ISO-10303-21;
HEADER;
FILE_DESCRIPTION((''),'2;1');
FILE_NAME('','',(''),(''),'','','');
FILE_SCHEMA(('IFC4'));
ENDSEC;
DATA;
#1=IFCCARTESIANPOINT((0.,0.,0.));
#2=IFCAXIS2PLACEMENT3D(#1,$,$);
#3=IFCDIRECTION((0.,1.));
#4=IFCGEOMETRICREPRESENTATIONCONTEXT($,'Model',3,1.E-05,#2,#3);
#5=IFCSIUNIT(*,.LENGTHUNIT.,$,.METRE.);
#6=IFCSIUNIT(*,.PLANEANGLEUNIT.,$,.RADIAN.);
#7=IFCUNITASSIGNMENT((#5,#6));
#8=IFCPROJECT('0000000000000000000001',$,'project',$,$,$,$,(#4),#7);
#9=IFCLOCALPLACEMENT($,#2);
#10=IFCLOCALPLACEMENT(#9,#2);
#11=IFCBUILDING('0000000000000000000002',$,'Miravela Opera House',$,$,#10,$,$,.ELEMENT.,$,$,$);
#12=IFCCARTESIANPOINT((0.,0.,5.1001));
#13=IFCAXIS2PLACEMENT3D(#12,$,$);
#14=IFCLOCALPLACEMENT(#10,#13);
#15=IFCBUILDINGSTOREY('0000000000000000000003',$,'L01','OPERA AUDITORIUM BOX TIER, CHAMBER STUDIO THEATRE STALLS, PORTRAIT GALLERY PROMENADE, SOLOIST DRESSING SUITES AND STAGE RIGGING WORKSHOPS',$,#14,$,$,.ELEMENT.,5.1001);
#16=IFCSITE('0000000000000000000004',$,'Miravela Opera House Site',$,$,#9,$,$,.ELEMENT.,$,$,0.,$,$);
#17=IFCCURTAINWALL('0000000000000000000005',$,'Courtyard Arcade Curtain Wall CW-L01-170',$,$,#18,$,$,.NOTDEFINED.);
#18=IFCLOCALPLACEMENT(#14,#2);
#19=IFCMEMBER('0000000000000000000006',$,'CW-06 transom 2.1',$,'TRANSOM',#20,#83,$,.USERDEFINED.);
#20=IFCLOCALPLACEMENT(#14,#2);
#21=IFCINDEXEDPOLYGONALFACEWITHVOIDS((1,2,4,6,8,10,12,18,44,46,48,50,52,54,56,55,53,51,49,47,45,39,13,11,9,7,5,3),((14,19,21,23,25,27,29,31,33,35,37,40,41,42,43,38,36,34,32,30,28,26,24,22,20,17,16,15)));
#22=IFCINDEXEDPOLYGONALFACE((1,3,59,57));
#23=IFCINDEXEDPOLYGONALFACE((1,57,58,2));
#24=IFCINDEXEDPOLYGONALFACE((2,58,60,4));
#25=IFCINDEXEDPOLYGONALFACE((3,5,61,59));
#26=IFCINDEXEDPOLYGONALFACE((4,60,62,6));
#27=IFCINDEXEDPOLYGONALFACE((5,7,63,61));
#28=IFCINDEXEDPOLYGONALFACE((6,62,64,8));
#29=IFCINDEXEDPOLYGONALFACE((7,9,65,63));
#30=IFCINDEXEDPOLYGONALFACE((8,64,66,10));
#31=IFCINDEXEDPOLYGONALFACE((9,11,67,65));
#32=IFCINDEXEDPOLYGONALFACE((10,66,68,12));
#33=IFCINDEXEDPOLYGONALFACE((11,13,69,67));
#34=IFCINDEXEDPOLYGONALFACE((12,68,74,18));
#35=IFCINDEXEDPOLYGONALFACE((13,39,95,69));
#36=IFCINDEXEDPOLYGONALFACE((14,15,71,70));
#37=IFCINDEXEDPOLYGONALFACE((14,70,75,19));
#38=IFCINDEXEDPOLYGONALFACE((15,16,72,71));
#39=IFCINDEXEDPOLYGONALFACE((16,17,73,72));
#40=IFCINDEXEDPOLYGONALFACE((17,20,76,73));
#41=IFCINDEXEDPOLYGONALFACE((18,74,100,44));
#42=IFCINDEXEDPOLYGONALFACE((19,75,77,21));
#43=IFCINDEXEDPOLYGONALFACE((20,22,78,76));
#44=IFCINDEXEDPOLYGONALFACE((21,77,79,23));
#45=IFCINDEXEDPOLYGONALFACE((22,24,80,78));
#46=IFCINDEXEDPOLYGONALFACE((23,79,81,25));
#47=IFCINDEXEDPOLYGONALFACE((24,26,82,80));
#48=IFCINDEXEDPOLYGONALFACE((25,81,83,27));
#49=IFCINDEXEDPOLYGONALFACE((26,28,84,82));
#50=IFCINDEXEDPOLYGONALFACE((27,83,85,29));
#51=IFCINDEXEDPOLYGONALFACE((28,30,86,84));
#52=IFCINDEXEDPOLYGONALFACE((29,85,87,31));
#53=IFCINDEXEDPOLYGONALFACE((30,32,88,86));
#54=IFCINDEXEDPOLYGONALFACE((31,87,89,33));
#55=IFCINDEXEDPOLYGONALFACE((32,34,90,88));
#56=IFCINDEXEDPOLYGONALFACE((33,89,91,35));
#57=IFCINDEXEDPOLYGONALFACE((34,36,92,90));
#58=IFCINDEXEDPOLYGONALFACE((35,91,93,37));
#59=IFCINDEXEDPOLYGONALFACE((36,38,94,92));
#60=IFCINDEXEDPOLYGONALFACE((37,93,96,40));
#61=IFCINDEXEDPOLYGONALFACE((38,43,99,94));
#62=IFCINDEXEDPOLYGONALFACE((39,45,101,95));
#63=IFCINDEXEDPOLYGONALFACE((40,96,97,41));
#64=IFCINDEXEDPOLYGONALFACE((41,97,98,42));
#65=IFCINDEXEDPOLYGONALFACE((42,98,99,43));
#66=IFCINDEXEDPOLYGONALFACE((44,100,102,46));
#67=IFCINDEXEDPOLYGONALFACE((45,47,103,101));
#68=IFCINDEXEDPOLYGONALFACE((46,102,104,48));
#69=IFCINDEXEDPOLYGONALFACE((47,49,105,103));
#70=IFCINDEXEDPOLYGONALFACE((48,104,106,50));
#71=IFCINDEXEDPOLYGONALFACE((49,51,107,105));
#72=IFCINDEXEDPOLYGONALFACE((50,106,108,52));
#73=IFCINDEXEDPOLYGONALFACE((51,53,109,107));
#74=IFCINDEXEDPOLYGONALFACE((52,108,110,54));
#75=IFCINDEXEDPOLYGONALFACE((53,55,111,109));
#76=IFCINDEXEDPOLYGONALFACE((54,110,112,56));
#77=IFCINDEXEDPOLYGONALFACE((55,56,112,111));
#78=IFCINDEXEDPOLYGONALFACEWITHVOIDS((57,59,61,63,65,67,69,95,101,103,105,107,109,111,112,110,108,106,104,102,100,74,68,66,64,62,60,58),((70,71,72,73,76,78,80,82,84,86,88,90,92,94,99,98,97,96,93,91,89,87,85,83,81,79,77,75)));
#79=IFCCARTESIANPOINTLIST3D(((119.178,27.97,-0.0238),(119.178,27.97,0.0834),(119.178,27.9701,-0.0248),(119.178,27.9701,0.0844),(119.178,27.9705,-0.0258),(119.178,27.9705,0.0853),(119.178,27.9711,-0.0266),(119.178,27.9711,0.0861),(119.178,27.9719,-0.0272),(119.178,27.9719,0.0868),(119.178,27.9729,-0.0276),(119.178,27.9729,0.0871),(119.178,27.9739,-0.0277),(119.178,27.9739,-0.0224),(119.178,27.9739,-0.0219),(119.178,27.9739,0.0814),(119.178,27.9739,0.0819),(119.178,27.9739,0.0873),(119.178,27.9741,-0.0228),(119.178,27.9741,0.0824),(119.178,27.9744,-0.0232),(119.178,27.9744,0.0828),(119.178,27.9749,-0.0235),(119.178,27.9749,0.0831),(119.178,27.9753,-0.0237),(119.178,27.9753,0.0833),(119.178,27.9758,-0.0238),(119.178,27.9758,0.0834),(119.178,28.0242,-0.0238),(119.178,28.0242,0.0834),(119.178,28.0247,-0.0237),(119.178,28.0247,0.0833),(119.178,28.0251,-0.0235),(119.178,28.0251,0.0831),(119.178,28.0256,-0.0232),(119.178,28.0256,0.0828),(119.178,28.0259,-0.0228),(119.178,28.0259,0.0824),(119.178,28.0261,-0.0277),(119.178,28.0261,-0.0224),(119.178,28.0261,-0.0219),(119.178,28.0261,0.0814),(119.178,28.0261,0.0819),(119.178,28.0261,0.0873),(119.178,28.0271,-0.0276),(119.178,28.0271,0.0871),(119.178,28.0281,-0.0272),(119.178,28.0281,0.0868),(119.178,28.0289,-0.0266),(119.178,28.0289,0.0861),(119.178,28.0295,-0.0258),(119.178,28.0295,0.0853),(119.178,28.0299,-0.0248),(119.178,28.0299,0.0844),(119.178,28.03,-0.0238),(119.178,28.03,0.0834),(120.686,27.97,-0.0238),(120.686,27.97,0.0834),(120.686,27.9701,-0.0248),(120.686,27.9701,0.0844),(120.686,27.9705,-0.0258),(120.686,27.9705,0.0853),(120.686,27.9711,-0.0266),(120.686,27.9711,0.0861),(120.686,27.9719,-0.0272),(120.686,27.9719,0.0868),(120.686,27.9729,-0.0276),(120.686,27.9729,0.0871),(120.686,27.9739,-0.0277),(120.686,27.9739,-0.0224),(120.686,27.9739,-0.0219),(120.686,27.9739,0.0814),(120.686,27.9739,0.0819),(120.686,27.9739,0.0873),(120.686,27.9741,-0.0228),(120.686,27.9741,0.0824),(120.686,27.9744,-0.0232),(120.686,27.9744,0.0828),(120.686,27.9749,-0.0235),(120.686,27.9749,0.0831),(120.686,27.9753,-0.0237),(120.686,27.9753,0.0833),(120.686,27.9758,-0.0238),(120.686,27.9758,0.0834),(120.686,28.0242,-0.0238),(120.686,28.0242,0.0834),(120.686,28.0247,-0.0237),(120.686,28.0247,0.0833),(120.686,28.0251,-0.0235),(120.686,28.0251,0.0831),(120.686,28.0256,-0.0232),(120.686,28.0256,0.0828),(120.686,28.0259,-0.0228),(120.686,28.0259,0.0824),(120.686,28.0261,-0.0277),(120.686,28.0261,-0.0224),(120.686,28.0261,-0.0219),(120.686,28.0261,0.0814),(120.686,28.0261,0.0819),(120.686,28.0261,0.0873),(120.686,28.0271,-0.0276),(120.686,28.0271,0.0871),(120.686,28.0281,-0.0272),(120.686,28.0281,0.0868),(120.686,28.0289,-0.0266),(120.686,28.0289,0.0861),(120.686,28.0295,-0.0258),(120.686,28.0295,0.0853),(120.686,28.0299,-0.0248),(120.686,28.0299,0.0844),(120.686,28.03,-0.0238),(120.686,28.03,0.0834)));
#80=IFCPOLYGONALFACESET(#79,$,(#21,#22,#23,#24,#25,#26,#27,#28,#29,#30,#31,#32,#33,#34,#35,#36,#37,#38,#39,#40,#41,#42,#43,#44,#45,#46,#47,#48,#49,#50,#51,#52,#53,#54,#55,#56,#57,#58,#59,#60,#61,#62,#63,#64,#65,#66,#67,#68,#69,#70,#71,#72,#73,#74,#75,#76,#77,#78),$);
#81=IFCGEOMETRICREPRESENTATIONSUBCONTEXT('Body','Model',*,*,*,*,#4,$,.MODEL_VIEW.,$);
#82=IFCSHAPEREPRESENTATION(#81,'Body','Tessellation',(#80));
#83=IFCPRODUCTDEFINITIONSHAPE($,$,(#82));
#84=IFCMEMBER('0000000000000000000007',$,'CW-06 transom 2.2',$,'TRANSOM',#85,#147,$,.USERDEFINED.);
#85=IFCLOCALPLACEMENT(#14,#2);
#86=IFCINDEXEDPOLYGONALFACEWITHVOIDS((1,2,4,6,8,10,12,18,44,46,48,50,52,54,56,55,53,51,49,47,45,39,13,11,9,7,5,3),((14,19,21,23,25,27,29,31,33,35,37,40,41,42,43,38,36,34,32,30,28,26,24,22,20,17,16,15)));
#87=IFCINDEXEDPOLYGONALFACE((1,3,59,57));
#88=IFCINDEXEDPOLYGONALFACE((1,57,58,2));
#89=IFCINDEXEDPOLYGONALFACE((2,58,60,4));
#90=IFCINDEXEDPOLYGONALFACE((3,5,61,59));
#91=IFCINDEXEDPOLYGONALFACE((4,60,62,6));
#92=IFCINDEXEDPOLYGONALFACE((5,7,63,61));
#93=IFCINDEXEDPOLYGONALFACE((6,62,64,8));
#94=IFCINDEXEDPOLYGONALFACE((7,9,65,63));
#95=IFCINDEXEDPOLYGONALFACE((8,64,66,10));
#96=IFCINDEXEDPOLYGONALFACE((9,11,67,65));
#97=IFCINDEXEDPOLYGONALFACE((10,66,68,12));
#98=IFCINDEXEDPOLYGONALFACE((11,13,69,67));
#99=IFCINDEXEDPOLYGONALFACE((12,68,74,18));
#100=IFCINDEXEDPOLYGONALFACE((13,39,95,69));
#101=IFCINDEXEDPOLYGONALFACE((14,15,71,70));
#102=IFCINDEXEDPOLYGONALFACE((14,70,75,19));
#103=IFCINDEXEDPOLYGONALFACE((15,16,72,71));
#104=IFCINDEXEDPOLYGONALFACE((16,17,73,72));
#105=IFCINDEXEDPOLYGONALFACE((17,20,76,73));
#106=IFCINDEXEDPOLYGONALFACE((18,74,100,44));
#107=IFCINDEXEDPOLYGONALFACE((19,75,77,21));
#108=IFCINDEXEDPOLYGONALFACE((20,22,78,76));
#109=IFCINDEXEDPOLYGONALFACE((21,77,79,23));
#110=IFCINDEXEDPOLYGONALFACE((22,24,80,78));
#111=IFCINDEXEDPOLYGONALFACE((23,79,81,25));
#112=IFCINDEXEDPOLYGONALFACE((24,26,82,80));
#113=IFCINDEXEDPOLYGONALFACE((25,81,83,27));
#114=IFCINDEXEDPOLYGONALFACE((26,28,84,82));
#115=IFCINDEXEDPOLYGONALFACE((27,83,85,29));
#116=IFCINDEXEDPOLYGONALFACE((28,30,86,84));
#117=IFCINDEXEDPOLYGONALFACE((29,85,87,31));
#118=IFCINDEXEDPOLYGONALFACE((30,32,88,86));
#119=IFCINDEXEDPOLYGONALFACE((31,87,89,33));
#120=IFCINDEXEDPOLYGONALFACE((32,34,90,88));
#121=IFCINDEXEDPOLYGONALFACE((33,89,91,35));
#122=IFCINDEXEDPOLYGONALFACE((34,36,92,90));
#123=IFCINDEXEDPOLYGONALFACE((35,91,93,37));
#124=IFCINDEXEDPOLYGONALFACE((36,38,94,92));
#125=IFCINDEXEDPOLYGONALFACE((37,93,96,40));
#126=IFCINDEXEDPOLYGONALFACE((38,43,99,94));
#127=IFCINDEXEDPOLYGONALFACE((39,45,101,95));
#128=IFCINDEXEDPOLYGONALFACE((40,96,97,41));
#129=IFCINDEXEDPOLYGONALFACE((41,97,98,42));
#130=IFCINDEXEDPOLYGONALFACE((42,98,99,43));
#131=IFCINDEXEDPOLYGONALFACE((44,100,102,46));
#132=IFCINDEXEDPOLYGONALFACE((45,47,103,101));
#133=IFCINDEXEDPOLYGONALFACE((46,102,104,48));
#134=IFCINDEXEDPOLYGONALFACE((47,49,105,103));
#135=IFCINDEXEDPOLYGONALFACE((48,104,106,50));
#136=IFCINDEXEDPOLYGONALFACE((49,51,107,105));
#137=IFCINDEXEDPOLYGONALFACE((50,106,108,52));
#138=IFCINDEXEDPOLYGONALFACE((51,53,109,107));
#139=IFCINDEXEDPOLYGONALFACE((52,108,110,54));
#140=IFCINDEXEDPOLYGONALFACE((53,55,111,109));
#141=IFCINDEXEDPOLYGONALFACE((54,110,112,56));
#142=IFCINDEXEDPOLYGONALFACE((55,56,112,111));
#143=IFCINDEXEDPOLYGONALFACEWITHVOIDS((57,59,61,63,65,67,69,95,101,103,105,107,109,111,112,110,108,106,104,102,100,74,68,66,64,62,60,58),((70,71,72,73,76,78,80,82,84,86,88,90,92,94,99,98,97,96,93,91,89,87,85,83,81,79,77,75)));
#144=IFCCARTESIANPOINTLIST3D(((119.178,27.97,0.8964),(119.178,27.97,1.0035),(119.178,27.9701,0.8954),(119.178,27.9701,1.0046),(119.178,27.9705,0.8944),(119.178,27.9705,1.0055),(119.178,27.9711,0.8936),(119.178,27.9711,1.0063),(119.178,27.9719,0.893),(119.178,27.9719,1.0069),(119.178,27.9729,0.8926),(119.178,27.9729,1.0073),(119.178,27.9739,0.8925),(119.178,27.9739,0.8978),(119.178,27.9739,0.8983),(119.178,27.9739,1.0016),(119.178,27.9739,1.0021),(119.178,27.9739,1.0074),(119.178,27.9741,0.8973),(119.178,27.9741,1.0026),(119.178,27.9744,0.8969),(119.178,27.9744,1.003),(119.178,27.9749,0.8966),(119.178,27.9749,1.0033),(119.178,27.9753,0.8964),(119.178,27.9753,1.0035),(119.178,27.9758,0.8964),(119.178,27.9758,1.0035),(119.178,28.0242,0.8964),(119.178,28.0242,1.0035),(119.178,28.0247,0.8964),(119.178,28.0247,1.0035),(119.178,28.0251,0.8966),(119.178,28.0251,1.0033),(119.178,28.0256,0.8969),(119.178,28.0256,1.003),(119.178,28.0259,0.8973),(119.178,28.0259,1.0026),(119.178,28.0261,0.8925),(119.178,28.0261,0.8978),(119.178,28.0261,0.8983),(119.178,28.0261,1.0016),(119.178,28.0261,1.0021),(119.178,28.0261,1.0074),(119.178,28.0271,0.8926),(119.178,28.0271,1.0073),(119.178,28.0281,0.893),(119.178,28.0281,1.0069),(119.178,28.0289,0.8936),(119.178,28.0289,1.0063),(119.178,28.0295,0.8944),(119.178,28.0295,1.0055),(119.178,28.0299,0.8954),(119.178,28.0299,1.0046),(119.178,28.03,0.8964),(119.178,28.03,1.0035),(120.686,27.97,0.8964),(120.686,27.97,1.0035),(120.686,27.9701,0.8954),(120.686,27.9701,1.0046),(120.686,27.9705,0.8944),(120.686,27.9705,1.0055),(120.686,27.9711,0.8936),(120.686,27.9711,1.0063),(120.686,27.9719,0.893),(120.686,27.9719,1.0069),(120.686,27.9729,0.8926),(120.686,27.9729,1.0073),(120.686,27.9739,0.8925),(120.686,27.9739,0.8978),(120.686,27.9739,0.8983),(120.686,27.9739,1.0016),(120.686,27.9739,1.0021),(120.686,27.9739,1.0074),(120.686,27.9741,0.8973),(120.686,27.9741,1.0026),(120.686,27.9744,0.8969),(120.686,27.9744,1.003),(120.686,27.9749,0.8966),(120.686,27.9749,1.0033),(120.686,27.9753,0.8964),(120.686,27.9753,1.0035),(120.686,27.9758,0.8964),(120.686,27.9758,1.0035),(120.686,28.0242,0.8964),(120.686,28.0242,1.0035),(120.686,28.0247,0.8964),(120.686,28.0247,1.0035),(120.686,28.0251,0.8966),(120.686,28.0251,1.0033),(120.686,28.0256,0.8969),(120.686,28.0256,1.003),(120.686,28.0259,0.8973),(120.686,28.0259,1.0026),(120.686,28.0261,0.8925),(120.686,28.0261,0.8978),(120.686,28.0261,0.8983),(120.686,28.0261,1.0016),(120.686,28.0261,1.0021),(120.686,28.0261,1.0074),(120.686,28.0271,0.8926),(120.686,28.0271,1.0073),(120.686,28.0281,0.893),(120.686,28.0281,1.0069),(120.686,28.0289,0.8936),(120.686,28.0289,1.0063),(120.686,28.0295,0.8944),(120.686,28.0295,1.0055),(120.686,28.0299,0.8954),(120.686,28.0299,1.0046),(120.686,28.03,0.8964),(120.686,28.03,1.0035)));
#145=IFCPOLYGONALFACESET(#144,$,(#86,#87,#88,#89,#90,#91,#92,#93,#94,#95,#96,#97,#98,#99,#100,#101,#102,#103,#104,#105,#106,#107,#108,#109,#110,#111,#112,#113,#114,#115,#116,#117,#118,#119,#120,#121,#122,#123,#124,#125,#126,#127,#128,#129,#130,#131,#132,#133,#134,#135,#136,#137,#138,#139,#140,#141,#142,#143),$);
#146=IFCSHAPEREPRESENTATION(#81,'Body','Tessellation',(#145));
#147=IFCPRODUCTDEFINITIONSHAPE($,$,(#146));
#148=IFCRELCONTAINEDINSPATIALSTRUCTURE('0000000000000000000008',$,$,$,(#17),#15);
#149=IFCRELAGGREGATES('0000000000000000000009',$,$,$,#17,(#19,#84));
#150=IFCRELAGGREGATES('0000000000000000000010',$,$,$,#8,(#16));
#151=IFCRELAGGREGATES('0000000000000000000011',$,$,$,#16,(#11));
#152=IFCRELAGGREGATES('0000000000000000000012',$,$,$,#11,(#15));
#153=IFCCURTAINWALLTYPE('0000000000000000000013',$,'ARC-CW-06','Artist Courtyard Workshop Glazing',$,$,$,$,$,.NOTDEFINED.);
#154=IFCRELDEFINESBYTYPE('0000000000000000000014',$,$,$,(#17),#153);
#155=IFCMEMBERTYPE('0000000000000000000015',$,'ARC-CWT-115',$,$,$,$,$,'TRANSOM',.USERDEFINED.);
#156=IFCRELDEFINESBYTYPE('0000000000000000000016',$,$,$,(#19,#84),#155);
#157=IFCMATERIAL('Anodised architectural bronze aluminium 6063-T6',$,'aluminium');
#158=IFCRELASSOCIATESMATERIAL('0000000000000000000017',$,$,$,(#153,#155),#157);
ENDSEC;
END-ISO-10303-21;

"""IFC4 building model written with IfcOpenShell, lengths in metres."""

from ifc_helpers import new_model, si_unit, direction, frame, origin, origin_2d, place, context, subcontext, project, spatial, hollow_rectangle, extrude, material, material_profile, profile_set, type_object, element, aggregate, save


model = new_model("IFC4")

# Units and contexts
model_context = context("Model", 3, precision=1e-05, world=origin(), true_north=direction((0.0, 1.0)))
body_context = subcontext(model_context, "Body", "Model", "MODEL_VIEW")
ifc_project = project(units=[si_unit("LENGTHUNIT", "METRE"), si_unit("PLANEANGLEUNIT", "RADIAN")], contexts=[model_context])

# Site, building, storey
site_placement = place(None, origin())
site = spatial("IfcSite", under=ifc_project, at=site_placement, Name="Miravela Opera House Site", CompositionType="ELEMENT", RefElevation=0.0)
building_placement = place(site_placement, origin())
building = spatial("IfcBuilding", under=site, at=building_placement, Name="Miravela Opera House", CompositionType="ELEMENT")
storey_placement = place(building_placement, frame((0.0, 0.0, 5.1001)))
storey = spatial("IfcBuildingStorey", under=building, at=storey_placement, Name="L01", Description="OPERA AUDITORIUM BOX TIER, CHAMBER STUDIO THEATRE STALLS, PORTRAIT GALLERY PROMENADE, SOLOIST DRESSING SUITES AND STAGE RIGGING WORKSHOPS", CompositionType="ELEMENT", Elevation=5.1001)

# Curtain wall
ifc_material_1 = material(Name="Anodised architectural bronze aluminium 6063-T6", Category="aluminium")
curtain_wall_type = type_object("IfcCurtainWallType", Name="ARC-CW-06", Description="Artist Courtyard Workshop Glazing", PredefinedType="NOTDEFINED", material=ifc_material_1)
curtain_wall_1_placement = place(storey_placement, origin())
curtain_wall_1 = element("IfcCurtainWall", 1, at=curtain_wall_1_placement, inside=storey, type_object=curtain_wall_type, Name="Courtyard Arcade Curtain Wall CW-L01-170", PredefinedType="NOTDEFINED")

# Members
ifc_material_profile_1 = material_profile(ifc_material_1, hollow_rectangle(XDim=0.0601, YDim=0.115, WallThickness=0.0039, InnerFilletRadius=0.002, OuterFilletRadius=0.0039, at=origin_2d()), Name="CWT-60X115")
ifc_profile_set_1 = profile_set([ifc_material_profile_1])
member_type_1 = type_object("IfcMemberType", Name="ARC-CWT-115", ElementType="TRANSOM", PredefinedType="USERDEFINED", material=ifc_profile_set_1)
member_1_placement = place(storey_placement, frame((119.178, 28.0, 0.0298), z_axis=(1.0, 0.0, 0.0), x_axis=(0.0, 1.0, 0.0)))
member_1 = element("IfcMember", 2, at=member_1_placement, type_object=member_type_1, Name="CW-06 transom 2.1", ObjectType="TRANSOM", PredefinedType="USERDEFINED", context=body_context, shape_type="SweptSolid", body=[
    extrude(hollow_rectangle(XDim=0.0601, YDim=0.115, WallThickness=0.0039, InnerFilletRadius=0.002, OuterFilletRadius=0.0039, at=origin_2d()), origin(), (0.0, 0.0, 1.0), 1.5081),
])
member_2_placement = place(storey_placement, frame((119.178, 28.0, 0.95), z_axis=(1.0, 0.0, 0.0), x_axis=(0.0, 1.0, 0.0)))
member_2 = element("IfcMember", 3, at=member_2_placement, type_object=member_type_1, Name="CW-06 transom 2.2", ObjectType="TRANSOM", PredefinedType="USERDEFINED", context=body_context, shape_type="SweptSolid", body=[
    extrude(hollow_rectangle(XDim=0.0601, YDim=0.115, WallThickness=0.0039, InnerFilletRadius=0.002, OuterFilletRadius=0.0039, at=origin_2d()), origin(), (0.0, 0.0, 1.0), 1.5081),
])
aggregate(curtain_wall_1, [member_1, member_2])

save(model, "model.ifc")
